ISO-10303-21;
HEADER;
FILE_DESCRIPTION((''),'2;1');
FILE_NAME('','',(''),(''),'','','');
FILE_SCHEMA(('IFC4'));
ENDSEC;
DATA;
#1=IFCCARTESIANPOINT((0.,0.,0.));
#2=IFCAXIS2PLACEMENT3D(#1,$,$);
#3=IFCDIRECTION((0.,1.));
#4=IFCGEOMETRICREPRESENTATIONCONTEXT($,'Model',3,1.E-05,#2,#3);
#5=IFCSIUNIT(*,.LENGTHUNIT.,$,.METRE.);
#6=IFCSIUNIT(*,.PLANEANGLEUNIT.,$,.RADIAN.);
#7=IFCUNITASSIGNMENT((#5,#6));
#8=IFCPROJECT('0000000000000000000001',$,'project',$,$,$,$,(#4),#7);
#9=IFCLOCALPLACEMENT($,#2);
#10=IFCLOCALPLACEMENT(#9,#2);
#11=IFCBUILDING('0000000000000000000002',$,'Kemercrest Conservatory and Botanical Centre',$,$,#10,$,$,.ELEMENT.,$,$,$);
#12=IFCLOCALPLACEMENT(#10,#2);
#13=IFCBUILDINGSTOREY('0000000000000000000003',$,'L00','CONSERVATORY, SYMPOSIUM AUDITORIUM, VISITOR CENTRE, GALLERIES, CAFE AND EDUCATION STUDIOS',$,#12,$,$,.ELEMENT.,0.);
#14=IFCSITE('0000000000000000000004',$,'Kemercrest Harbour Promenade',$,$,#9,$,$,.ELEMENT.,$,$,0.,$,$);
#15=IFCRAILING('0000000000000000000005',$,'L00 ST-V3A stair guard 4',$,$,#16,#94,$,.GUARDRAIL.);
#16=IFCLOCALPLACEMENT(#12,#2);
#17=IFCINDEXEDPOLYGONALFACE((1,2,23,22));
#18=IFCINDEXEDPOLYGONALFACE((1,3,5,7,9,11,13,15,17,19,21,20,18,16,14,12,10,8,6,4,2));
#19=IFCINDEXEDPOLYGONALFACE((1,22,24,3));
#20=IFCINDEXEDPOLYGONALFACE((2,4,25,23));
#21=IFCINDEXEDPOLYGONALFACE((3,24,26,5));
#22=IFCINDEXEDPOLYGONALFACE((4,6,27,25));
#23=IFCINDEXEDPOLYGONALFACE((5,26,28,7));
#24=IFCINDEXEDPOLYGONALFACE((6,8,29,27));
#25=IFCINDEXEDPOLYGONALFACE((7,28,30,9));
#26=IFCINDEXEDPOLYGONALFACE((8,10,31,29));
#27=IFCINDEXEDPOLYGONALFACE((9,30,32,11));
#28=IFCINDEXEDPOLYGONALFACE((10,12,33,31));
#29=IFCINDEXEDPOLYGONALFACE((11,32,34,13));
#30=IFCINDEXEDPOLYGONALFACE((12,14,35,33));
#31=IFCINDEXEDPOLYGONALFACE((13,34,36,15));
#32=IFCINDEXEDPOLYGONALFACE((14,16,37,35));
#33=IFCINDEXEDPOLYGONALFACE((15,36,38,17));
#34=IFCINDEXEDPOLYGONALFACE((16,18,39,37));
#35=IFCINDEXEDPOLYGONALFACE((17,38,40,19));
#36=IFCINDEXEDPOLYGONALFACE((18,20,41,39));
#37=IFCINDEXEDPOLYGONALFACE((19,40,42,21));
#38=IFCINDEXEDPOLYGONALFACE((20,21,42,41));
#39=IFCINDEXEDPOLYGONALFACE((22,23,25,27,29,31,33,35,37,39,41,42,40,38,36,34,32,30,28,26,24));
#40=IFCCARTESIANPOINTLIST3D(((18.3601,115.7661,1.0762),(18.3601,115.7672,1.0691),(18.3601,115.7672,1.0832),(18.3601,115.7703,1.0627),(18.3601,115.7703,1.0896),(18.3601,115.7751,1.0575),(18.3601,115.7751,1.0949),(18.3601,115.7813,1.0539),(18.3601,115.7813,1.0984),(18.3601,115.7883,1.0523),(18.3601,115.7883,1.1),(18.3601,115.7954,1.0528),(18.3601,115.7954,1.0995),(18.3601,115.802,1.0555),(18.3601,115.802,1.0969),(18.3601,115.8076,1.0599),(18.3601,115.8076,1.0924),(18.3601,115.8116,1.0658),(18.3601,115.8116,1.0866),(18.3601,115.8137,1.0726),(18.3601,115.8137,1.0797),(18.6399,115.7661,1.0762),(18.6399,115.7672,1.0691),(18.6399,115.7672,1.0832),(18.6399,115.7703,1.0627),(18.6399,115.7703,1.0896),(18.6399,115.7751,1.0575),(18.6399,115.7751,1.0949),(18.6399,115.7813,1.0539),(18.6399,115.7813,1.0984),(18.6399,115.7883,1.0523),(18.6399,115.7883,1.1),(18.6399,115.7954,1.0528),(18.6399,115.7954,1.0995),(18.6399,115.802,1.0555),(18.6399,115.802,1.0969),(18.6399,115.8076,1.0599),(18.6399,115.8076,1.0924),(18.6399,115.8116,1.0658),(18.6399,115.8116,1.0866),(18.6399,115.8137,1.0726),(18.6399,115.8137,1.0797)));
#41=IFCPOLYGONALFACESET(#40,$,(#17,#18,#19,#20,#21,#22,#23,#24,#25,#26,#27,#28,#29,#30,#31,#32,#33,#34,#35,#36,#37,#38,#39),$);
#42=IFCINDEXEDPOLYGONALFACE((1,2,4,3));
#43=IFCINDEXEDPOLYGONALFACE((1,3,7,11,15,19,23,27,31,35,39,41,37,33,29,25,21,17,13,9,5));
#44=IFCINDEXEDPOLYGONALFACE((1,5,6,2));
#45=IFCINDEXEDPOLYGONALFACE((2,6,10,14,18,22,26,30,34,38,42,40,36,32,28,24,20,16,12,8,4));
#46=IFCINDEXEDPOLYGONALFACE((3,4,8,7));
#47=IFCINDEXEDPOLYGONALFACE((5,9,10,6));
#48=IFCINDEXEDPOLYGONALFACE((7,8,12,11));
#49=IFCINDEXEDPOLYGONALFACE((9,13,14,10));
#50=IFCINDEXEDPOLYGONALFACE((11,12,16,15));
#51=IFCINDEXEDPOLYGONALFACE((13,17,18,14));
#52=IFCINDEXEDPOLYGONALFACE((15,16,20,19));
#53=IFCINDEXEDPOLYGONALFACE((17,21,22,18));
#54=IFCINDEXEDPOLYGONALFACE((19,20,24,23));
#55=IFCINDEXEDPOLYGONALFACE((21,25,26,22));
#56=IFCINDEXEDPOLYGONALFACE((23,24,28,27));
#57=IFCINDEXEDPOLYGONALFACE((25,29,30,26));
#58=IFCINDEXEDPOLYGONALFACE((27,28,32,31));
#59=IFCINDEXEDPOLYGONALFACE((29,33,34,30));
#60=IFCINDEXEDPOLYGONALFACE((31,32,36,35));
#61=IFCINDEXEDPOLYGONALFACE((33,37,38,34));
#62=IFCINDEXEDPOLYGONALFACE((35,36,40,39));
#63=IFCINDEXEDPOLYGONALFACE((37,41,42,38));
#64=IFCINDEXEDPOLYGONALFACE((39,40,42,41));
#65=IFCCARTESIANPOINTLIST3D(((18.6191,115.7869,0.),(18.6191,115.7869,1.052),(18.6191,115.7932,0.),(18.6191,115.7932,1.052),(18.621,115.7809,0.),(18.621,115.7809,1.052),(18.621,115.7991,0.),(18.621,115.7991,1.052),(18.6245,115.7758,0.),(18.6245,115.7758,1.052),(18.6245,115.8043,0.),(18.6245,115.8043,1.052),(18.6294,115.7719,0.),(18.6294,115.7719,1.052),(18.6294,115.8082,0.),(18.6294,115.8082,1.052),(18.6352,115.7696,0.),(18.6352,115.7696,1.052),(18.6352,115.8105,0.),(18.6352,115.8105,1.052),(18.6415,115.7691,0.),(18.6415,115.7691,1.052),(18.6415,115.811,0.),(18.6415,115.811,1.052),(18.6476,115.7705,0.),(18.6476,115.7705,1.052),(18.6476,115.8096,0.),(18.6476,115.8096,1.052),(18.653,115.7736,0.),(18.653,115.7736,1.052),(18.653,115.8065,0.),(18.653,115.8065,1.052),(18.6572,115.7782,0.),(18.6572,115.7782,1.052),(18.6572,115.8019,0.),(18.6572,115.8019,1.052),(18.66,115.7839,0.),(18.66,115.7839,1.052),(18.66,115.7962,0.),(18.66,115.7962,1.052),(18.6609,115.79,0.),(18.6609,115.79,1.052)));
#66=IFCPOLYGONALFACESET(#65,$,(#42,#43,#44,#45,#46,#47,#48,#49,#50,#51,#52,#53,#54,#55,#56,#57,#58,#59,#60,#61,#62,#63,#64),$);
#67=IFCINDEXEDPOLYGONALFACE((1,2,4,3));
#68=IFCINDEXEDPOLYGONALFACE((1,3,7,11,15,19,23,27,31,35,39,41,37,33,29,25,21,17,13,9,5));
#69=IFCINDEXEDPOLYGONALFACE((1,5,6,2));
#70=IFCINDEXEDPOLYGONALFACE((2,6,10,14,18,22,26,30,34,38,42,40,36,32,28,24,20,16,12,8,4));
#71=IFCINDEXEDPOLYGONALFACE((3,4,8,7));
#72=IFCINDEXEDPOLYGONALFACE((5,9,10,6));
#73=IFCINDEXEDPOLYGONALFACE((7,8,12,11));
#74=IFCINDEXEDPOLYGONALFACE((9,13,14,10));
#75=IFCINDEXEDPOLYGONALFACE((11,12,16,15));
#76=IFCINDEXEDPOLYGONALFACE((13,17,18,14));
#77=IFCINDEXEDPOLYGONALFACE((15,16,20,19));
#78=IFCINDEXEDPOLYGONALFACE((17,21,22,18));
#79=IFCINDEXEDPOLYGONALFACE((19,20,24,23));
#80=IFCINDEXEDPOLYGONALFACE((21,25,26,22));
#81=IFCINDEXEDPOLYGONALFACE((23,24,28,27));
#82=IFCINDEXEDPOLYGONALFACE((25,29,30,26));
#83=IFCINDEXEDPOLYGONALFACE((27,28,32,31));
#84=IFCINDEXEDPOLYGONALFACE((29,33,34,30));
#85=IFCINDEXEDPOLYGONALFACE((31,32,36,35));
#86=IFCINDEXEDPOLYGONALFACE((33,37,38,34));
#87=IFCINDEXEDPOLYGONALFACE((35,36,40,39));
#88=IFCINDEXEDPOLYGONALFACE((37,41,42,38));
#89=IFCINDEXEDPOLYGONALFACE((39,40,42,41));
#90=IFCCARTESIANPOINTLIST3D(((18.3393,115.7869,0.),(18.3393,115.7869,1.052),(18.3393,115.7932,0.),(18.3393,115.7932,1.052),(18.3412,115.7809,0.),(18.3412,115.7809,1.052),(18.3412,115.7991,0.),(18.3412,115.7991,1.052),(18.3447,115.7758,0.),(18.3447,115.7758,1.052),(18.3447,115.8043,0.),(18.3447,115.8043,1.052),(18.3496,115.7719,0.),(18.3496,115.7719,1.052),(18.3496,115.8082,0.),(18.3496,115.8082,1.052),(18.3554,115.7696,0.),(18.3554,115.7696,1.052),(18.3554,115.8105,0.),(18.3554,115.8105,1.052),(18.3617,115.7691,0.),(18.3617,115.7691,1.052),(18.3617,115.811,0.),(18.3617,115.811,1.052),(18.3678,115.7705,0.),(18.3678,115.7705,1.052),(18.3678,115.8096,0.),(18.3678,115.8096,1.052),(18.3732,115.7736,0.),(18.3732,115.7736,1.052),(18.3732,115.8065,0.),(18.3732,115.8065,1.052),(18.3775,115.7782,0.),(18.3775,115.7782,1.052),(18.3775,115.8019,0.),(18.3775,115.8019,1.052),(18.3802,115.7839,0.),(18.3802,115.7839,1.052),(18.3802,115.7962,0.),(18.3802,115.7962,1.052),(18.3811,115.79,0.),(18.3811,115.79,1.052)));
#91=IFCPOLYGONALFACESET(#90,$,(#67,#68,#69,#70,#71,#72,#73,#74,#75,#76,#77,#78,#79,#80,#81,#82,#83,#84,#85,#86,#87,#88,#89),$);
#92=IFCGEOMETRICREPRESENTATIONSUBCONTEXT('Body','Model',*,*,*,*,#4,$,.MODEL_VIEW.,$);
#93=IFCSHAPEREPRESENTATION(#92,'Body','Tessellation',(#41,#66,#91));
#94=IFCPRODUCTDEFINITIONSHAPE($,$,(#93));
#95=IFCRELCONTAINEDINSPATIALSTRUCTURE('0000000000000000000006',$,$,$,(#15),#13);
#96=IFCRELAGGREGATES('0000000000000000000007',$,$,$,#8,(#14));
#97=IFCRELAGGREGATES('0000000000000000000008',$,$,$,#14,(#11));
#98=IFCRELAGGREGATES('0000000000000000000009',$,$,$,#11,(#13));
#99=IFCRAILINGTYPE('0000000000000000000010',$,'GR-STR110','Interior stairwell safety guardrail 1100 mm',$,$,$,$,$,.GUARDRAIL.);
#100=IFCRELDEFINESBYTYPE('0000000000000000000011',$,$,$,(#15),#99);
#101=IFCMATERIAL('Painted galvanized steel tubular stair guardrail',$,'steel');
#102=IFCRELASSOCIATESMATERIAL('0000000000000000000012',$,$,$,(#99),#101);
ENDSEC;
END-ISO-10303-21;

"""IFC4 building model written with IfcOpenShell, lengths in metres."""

from ifc_helpers import new_model, si_unit, direction, frame, origin, origin_2d, place, context, subcontext, project, spatial, circle, extrude, material, type_object, element, save


model = new_model("IFC4")

# Units and contexts
model_context = context("Model", 3, precision=1e-05, world=origin(), true_north=direction((0.0, 1.0)))
body_context = subcontext(model_context, "Body", "Model", "MODEL_VIEW")
ifc_project = project(units=[si_unit("LENGTHUNIT", "METRE"), si_unit("PLANEANGLEUNIT", "RADIAN")], contexts=[model_context])

# Site, building, storey
site_placement = place(None, origin())
site = spatial("IfcSite", under=ifc_project, at=site_placement, Name="Kemercrest Harbour Promenade", CompositionType="ELEMENT", RefElevation=0.0)
building_placement = place(site_placement, origin())
building = spatial("IfcBuilding", under=site, at=building_placement, Name="Kemercrest Conservatory and Botanical Centre", CompositionType="ELEMENT")
storey_placement = place(building_placement, origin())
storey = spatial("IfcBuildingStorey", under=building, at=storey_placement, Name="L00", Description="CONSERVATORY, SYMPOSIUM AUDITORIUM, VISITOR CENTRE, GALLERIES, CAFE AND EDUCATION STUDIOS", CompositionType="ELEMENT", Elevation=0.0)

# Railing
ifc_material_1 = material(Name="Painted galvanized steel tubular stair guardrail", Category="steel")
railing_type_1 = type_object("IfcRailingType", Name="GR-STR110", Description="Interior stairwell safety guardrail 1100 mm", PredefinedType="GUARDRAIL", material=ifc_material_1)
railing_1_placement = place(storey_placement, frame((18.6399, 115.79, 0.0)))
element("IfcRailing", 1, at=railing_1_placement, inside=storey, type_object=railing_type_1, Name="L00 ST-V3A stair guard 4", PredefinedType="GUARDRAIL", context=body_context, shape_type="SweptSolid", body=[
    extrude(circle(Radius=0.0239, at=origin_2d()), frame((0.0, 0.0, 1.0762), z_axis=(-1.0, 0.0, 0.0), x_axis=(0.0, -1.0, 0.0)), (0.0, 0.0, 1.0), 0.2798),
    extrude(circle(Radius=0.021, at=origin_2d()), origin(), (0.0, 0.0, 1.0), 1.052),
    extrude(circle(Radius=0.021, at=origin_2d()), frame((-0.2798, 0.0, 0.0)), (0.0, 0.0, 1.0), 1.052),
])

save(model, "model.ifc")
